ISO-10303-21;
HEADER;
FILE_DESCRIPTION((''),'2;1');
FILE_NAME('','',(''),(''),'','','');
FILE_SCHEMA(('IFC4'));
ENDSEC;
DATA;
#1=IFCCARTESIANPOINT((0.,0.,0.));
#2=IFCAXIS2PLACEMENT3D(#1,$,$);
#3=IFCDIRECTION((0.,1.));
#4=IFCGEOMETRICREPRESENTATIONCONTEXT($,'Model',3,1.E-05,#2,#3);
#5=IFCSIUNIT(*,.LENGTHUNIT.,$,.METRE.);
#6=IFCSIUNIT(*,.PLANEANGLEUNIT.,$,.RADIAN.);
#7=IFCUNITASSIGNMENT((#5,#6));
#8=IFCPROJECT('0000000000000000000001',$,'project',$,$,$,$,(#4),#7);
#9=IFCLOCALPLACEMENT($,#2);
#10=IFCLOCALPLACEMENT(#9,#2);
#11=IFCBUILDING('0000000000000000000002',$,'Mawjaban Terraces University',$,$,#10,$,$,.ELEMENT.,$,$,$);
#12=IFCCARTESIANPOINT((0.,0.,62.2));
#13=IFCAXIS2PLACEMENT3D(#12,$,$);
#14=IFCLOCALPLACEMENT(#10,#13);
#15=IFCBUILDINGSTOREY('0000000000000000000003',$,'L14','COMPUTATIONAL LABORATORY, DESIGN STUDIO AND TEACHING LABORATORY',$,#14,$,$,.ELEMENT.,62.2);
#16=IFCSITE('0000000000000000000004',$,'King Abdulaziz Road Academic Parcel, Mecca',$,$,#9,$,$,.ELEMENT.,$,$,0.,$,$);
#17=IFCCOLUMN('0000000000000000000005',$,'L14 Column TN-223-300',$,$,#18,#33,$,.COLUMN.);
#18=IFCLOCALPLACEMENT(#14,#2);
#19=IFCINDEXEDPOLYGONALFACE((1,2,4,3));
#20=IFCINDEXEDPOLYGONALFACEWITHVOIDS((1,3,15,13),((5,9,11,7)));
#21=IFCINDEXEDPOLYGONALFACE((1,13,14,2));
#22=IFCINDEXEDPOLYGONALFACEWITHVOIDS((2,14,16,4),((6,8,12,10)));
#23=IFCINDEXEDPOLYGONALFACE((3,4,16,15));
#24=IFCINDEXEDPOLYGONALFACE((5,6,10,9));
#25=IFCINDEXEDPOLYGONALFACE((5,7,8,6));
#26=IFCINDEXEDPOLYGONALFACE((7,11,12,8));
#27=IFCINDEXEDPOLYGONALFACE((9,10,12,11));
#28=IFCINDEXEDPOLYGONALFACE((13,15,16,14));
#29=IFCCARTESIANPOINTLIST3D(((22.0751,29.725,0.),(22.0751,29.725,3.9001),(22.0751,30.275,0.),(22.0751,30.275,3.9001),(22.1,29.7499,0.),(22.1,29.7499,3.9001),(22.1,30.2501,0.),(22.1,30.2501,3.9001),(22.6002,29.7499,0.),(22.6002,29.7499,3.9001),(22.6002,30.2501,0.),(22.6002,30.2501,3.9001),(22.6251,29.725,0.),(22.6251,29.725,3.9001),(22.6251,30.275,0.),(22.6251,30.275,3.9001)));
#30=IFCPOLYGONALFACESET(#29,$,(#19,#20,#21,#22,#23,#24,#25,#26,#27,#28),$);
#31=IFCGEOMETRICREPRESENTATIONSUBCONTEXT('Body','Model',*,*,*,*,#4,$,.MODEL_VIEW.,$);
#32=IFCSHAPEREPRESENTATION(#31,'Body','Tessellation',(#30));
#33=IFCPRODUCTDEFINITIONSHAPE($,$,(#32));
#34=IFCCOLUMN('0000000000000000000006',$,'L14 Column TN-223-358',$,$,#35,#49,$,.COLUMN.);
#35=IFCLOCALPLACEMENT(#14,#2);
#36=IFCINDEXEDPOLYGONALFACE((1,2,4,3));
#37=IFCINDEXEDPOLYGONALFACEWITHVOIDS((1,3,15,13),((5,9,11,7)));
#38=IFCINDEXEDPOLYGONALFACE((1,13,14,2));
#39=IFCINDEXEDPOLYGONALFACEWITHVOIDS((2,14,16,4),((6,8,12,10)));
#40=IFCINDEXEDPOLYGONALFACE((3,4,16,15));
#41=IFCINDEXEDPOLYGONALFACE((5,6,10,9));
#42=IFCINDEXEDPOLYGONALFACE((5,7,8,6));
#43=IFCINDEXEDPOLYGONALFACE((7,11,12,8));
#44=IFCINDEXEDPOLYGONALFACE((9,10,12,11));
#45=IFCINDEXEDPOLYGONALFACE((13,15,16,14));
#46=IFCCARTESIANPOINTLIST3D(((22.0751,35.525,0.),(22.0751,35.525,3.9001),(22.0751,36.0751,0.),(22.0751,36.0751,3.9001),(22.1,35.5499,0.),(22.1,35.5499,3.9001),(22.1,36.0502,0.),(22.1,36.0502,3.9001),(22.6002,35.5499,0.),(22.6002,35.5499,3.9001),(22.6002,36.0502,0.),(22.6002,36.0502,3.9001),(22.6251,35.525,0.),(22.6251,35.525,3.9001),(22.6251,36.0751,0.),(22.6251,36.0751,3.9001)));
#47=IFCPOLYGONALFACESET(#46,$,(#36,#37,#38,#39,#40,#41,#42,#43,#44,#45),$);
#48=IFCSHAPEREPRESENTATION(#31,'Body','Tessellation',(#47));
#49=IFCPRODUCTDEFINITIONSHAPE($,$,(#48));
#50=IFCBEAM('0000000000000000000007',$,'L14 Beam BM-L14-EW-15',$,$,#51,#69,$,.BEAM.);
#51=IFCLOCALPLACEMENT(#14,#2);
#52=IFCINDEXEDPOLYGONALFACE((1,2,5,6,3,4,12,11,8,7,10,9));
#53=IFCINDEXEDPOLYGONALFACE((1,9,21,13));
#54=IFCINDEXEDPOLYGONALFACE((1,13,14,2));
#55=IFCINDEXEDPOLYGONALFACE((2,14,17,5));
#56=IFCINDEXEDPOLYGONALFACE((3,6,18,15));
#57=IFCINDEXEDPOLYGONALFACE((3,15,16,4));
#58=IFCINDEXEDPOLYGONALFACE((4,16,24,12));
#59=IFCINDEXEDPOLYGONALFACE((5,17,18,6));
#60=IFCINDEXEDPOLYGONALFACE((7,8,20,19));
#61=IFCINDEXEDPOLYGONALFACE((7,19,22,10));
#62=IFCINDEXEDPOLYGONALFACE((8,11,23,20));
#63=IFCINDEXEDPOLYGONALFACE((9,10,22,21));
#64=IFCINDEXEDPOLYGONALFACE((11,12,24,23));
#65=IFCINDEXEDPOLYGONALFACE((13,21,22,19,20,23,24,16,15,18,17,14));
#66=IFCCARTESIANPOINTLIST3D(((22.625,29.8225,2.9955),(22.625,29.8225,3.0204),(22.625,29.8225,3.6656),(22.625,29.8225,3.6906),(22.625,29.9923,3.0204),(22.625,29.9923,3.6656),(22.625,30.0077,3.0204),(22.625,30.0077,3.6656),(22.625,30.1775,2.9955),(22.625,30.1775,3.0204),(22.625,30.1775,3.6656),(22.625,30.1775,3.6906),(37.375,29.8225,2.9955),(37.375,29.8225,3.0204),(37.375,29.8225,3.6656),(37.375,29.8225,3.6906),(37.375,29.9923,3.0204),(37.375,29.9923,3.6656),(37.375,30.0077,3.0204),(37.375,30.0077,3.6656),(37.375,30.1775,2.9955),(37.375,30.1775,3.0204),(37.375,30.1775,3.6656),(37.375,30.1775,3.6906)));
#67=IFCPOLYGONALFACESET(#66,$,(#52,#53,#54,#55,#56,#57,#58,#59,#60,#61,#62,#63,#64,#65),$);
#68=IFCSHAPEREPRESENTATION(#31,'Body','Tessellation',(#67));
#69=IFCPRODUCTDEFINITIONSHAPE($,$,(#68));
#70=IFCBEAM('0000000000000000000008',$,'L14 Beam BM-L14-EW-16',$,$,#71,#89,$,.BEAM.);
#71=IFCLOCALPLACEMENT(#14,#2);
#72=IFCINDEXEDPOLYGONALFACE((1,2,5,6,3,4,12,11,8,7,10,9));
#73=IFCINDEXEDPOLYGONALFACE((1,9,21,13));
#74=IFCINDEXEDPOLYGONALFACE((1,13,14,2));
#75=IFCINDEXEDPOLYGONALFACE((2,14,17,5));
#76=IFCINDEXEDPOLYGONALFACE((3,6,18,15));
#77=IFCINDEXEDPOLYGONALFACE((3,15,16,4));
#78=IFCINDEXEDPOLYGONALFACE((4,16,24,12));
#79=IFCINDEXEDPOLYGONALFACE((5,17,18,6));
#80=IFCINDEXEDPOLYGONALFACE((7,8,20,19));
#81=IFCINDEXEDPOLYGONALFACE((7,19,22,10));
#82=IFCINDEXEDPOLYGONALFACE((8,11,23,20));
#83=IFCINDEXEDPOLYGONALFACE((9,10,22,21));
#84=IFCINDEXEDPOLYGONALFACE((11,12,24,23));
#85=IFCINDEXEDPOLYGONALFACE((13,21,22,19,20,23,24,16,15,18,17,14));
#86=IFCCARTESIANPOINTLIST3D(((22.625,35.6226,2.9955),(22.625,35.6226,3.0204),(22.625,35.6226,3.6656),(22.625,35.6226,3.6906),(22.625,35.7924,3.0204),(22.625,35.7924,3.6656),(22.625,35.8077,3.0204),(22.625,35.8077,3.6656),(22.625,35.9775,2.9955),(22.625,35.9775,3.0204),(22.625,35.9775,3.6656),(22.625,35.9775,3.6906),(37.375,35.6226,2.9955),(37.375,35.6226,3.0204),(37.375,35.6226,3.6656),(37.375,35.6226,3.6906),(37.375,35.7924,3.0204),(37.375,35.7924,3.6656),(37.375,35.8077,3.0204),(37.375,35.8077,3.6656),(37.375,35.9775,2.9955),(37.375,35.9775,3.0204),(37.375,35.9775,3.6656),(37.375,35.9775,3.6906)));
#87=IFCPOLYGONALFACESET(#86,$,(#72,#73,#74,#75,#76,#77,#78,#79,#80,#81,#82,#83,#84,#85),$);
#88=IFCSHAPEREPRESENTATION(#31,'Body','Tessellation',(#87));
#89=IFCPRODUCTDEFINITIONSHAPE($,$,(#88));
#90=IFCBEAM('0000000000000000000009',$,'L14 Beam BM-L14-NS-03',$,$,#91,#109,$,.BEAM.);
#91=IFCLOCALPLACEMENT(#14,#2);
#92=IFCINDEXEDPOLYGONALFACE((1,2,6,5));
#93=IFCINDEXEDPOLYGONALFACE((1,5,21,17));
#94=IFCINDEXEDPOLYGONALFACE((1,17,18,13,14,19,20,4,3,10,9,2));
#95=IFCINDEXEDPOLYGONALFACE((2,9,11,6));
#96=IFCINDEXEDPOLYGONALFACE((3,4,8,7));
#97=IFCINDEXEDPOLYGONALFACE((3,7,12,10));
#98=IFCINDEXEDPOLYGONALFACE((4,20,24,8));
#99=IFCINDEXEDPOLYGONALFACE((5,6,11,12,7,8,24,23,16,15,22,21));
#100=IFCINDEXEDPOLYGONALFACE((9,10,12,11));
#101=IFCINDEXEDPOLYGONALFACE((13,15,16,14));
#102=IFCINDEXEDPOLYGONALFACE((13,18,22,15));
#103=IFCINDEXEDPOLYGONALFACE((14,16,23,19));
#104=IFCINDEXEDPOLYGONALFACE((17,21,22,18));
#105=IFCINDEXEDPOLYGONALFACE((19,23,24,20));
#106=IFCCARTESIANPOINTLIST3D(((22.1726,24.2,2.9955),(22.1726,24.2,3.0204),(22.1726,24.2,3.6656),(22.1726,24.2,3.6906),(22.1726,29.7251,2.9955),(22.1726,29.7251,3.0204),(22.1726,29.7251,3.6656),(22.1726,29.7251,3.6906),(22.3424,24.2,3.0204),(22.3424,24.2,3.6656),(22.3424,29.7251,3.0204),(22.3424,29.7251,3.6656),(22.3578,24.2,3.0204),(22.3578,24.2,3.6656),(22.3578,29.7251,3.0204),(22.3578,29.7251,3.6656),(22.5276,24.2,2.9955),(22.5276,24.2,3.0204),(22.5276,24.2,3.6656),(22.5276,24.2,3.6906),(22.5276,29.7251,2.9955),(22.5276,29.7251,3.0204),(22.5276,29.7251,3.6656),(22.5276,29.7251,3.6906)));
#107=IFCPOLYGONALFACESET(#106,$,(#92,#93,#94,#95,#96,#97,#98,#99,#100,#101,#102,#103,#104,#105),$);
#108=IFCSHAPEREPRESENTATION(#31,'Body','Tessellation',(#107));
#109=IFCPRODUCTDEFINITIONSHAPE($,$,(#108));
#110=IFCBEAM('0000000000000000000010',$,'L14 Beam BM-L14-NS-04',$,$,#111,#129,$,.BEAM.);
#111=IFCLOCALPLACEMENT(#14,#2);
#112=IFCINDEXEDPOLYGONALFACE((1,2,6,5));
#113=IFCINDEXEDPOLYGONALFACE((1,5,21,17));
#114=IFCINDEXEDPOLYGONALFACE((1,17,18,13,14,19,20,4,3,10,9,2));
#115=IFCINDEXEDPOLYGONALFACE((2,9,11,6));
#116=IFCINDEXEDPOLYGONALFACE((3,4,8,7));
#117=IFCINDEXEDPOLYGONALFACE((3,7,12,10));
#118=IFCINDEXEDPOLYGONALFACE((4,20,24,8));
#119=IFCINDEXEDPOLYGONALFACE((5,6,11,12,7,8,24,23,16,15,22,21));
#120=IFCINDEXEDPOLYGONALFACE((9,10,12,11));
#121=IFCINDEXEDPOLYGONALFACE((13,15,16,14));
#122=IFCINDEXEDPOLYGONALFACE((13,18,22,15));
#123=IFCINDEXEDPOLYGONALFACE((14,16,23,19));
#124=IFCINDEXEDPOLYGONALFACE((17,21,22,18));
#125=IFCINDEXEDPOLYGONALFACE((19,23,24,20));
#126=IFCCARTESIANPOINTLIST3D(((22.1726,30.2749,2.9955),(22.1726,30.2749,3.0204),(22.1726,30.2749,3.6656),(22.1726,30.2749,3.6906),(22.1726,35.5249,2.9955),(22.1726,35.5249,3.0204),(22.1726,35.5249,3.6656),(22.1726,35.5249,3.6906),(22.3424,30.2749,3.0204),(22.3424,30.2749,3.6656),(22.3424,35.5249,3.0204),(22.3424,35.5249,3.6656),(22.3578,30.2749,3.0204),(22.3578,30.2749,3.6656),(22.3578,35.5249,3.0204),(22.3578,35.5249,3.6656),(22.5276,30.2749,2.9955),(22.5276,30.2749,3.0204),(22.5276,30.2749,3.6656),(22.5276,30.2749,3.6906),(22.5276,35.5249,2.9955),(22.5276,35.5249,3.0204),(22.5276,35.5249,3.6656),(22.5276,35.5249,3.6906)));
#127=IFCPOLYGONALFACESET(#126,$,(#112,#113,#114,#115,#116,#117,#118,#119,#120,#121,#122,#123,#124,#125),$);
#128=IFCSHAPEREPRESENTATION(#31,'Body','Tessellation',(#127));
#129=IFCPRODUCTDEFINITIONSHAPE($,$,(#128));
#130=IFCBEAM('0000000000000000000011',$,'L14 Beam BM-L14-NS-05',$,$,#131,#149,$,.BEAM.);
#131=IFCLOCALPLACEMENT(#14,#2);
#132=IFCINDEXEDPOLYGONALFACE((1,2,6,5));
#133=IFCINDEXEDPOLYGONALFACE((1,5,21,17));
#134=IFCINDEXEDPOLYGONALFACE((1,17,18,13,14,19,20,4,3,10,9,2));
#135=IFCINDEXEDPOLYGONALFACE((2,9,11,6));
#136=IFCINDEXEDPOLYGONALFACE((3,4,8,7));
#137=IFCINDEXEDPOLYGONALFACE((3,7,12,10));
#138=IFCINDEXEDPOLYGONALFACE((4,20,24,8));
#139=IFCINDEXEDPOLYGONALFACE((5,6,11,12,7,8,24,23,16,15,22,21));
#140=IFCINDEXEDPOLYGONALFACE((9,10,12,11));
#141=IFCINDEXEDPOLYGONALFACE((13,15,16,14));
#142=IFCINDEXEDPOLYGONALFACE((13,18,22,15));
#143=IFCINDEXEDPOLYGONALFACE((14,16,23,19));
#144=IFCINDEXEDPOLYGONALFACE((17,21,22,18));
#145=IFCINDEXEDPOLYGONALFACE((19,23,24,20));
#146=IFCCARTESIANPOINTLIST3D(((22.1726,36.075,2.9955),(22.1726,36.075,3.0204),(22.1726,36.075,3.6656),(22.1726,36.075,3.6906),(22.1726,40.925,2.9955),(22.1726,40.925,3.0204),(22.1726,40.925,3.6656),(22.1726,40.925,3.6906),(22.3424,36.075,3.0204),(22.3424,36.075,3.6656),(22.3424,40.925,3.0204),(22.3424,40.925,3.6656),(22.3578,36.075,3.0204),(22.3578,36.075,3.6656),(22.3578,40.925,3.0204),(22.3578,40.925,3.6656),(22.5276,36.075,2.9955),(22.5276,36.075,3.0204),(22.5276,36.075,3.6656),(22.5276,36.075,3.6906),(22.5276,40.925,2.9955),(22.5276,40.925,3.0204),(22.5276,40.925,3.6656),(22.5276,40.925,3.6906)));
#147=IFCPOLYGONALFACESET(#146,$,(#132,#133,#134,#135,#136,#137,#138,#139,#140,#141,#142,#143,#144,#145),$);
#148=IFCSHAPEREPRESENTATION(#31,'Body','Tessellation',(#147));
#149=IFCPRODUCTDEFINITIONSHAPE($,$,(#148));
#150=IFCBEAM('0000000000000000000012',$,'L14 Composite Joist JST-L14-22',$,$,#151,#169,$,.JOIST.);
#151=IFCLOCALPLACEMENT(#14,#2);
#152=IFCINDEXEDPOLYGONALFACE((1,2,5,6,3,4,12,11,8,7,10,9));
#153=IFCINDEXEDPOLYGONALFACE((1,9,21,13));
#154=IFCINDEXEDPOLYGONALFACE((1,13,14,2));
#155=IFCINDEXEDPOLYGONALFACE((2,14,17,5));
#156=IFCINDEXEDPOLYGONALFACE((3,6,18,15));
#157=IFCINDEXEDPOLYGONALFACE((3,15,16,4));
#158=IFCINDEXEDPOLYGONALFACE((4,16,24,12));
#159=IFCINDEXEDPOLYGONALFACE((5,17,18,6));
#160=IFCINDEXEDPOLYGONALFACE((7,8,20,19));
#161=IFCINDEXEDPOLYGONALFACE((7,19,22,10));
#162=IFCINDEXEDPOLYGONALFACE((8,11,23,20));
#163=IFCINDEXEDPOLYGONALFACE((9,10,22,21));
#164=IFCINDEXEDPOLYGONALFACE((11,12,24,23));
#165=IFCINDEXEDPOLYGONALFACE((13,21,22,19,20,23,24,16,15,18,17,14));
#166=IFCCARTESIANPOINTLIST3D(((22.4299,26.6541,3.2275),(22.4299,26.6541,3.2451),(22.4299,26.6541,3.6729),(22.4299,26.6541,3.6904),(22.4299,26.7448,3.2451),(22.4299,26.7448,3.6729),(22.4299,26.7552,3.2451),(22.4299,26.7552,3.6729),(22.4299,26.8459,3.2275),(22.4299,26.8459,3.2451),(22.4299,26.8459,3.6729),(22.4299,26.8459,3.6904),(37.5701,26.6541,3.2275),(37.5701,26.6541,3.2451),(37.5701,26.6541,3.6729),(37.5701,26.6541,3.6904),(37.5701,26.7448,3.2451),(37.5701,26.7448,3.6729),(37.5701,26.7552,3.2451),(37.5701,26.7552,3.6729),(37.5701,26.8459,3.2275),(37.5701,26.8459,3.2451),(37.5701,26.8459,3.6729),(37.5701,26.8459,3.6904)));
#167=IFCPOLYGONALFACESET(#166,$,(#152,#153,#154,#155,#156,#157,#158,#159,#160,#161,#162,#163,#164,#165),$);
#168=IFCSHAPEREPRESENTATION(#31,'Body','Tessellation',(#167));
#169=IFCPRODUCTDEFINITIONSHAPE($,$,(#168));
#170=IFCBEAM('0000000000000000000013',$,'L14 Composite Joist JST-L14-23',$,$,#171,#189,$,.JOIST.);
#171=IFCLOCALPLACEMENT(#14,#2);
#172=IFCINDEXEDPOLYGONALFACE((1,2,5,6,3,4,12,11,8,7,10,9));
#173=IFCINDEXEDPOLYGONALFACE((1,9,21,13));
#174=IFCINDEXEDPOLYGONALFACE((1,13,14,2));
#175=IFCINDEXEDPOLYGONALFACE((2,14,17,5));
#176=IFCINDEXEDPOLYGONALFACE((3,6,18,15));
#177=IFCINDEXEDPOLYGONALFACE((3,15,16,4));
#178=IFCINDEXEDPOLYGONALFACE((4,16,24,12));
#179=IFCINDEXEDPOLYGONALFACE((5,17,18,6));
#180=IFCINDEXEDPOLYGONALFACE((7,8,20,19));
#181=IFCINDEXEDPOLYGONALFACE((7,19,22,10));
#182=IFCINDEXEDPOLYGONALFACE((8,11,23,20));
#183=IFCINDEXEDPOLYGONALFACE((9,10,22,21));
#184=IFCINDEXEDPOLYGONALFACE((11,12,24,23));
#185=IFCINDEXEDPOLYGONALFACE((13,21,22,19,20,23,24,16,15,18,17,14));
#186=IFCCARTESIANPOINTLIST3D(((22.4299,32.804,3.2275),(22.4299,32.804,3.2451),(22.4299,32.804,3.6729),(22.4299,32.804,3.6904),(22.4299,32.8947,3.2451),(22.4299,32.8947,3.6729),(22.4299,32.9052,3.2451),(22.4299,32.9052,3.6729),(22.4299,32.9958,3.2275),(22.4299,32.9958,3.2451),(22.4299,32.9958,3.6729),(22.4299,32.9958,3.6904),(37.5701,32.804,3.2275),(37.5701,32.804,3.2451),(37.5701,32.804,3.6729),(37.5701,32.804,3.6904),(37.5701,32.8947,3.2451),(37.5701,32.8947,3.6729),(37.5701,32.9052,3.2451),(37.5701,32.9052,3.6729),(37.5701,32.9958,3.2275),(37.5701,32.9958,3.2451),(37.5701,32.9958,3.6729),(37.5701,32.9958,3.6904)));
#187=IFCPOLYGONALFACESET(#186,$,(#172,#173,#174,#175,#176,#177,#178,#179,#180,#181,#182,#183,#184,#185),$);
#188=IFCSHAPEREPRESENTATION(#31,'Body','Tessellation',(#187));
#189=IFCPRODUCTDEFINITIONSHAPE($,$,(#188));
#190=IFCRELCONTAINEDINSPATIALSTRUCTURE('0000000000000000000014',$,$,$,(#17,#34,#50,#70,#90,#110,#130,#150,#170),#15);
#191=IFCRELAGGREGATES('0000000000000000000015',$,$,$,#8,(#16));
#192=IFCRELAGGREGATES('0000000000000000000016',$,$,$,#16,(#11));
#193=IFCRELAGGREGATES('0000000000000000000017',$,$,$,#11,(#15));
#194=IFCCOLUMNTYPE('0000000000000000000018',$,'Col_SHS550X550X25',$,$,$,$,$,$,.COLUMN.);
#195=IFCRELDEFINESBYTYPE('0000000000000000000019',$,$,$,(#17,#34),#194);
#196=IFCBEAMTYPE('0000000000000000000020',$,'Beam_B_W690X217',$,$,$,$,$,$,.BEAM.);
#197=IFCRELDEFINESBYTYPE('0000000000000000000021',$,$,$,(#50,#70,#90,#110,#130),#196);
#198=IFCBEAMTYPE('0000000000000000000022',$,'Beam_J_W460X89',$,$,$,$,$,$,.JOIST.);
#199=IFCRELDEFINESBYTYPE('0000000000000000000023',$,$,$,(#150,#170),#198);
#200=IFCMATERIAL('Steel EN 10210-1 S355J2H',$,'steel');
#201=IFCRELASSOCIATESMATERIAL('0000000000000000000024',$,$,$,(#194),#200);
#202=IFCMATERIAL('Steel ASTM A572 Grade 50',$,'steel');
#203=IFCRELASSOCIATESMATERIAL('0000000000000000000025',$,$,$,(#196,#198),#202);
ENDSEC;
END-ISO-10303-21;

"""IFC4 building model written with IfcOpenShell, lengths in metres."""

from ifc_helpers import new_model, si_unit, direction, frame, origin, origin_2d, place, context, subcontext, project, spatial, hollow_rectangle, i_section, extrude, material, material_profile, profile_set, type_object, element, save


model = new_model("IFC4")

# Units and contexts
model_context = context("Model", 3, precision=1e-05, world=origin(), true_north=direction((0.0, 1.0)))
body_context = subcontext(model_context, "Body", "Model", "MODEL_VIEW")
ifc_project = project(units=[si_unit("LENGTHUNIT", "METRE"), si_unit("PLANEANGLEUNIT", "RADIAN")], contexts=[model_context])

# Site, building, storey
site_placement = place(None, origin())
site = spatial("IfcSite", under=ifc_project, at=site_placement, Name="King Abdulaziz Road Academic Parcel, Mecca", CompositionType="ELEMENT", RefElevation=0.0)
building_placement = place(site_placement, origin())
building = spatial("IfcBuilding", under=site, at=building_placement, Name="Mawjaban Terraces University", CompositionType="ELEMENT")
storey_placement = place(building_placement, frame((0.0, 0.0, 62.2)))
storey = spatial("IfcBuildingStorey", under=building, at=storey_placement, Name="L14", Description="COMPUTATIONAL LABORATORY, DESIGN STUDIO AND TEACHING LABORATORY", CompositionType="ELEMENT", Elevation=62.2)

# Columns
ifc_material_1 = material(Name="Steel EN 10210-1 S355J2H", Category="steel")
ifc_material_profile_1 = material_profile(ifc_material_1, hollow_rectangle(XDim=0.55, YDim=0.55, WallThickness=0.0249, at=origin_2d()), Name="SHS550X550X25")
ifc_profile_set_1 = profile_set([ifc_material_profile_1], Name="Steel EN 10210-1 S355J2H")
column_type = type_object("IfcColumnType", Name="Col_SHS550X550X25", PredefinedType="COLUMN", material=ifc_profile_set_1)
for number, where, z_axis, x_axis, name in (
    (1, (22.3501, 30.0, 0.0), (0.0, 0.0, 1.0), (1.0, 0.0, 0.0), "L14 Column TN-223-300"),
    (2, (22.3501, 35.8, 0.0), (0.0, 0.0, 1.0), (1.0, 0.0, 0.0), "L14 Column TN-223-358"),
):
    element("IfcColumn", number, at=place(storey_placement, frame(where, z_axis=z_axis, x_axis=x_axis)), inside=storey, type_object=column_type, Name=name, PredefinedType="COLUMN", context=body_context, shape_type="SweptSolid", body=[
        extrude(hollow_rectangle(XDim=0.55, YDim=0.55, WallThickness=0.0249, at=origin_2d()), origin(), (0.0, 0.0, 1.0), 3.9001),
    ])

# Beams
ifc_material_2 = material(Name="Steel ASTM A572 Grade 50", Category="steel")
ifc_material_profile_2 = material_profile(ifc_material_2, i_section(OverallWidth=0.355, OverallDepth=0.6951, WebThickness=0.0154, FlangeThickness=0.0249, at=origin_2d()), Name="W690X217")
ifc_profile_set_2 = profile_set([ifc_material_profile_2], Name="Steel ASTM A572 Grade 50")
beam_type_1 = type_object("IfcBeamType", Name="Beam_B_W690X217", PredefinedType="BEAM", material=ifc_profile_set_2)
for number, where, z_axis, x_axis, name in (
    (3, (22.625, 30.0, 3.343), (1.0, 0.0, 0.0), (0.0, 1.0, 0.0), "L14 Beam BM-L14-EW-15"),
    (4, (22.625, 35.8, 3.343), (1.0, 0.0, 0.0), (0.0, 1.0, 0.0), "L14 Beam BM-L14-EW-16"),
):
    element("IfcBeam", number, at=place(storey_placement, frame(where, z_axis=z_axis, x_axis=x_axis)), inside=storey, type_object=beam_type_1, Name=name, PredefinedType="BEAM", context=body_context, shape_type="SweptSolid", body=[
        extrude(i_section(OverallWidth=0.355, OverallDepth=0.6951, WebThickness=0.0154, FlangeThickness=0.0249, at=origin_2d()), origin(), (0.0, 0.0, 1.0), 14.75),
    ])
beam_1_placement = place(storey_placement, frame((22.3501, 24.2, 3.343), z_axis=(0.0, 1.0, 0.0), x_axis=(-1.0, 0.0, 0.0)))
element("IfcBeam", 5, at=beam_1_placement, inside=storey, type_object=beam_type_1, Name="L14 Beam BM-L14-NS-03", PredefinedType="BEAM", context=body_context, shape_type="SweptSolid", body=[
    extrude(i_section(OverallWidth=0.355, OverallDepth=0.6951, WebThickness=0.0154, FlangeThickness=0.0249, at=origin_2d()), origin(), (0.0, 0.0, 1.0), 5.5251),
])
beam_2_placement = place(storey_placement, frame((22.3501, 30.2749, 3.343), z_axis=(0.0, 1.0, 0.0), x_axis=(-1.0, 0.0, 0.0)))
element("IfcBeam", 6, at=beam_2_placement, inside=storey, type_object=beam_type_1, Name="L14 Beam BM-L14-NS-04", PredefinedType="BEAM", context=body_context, shape_type="SweptSolid", body=[
    extrude(i_section(OverallWidth=0.355, OverallDepth=0.6951, WebThickness=0.0154, FlangeThickness=0.0249, at=origin_2d()), origin(), (0.0, 0.0, 1.0), 5.25),
])
beam_3_placement = place(storey_placement, frame((22.3501, 36.075, 3.343), z_axis=(0.0, 1.0, 0.0), x_axis=(-1.0, 0.0, 0.0)))
element("IfcBeam", 7, at=beam_3_placement, inside=storey, type_object=beam_type_1, Name="L14 Beam BM-L14-NS-05", PredefinedType="BEAM", context=body_context, shape_type="SweptSolid", body=[
    extrude(i_section(OverallWidth=0.355, OverallDepth=0.6951, WebThickness=0.0154, FlangeThickness=0.0249, at=origin_2d()), origin(), (0.0, 0.0, 1.0), 4.8501),
])
ifc_material_profile_3 = material_profile(ifc_material_2, i_section(OverallWidth=0.1919, OverallDepth=0.4629, WebThickness=0.0105, FlangeThickness=0.0176, at=origin_2d()), Name="W460X89")
ifc_profile_set_3 = profile_set([ifc_material_profile_3], Name="Steel ASTM A572 Grade 50")
beam_type_2 = type_object("IfcBeamType", Name="Beam_J_W460X89", PredefinedType="JOIST", material=ifc_profile_set_3)
for number, where, z_axis, x_axis, name in (
    (8, (22.4299, 26.75, 3.459), (1.0, 0.0, 0.0), (0.0, 1.0, 0.0), "L14 Composite Joist JST-L14-22"),
    (9, (22.4299, 32.8999, 3.459), (1.0, 0.0, 0.0), (0.0, 1.0, 0.0), "L14 Composite Joist JST-L14-23"),
):
    element("IfcBeam", number, at=place(storey_placement, frame(where, z_axis=z_axis, x_axis=x_axis)), inside=storey, type_object=beam_type_2, Name=name, PredefinedType="JOIST", context=body_context, shape_type="SweptSolid", body=[
        extrude(i_section(OverallWidth=0.1919, OverallDepth=0.4629, WebThickness=0.0105, FlangeThickness=0.0176, at=origin_2d()), origin(), (0.0, 0.0, 1.0), 15.1401),
    ])

save(model, "model.ifc")
